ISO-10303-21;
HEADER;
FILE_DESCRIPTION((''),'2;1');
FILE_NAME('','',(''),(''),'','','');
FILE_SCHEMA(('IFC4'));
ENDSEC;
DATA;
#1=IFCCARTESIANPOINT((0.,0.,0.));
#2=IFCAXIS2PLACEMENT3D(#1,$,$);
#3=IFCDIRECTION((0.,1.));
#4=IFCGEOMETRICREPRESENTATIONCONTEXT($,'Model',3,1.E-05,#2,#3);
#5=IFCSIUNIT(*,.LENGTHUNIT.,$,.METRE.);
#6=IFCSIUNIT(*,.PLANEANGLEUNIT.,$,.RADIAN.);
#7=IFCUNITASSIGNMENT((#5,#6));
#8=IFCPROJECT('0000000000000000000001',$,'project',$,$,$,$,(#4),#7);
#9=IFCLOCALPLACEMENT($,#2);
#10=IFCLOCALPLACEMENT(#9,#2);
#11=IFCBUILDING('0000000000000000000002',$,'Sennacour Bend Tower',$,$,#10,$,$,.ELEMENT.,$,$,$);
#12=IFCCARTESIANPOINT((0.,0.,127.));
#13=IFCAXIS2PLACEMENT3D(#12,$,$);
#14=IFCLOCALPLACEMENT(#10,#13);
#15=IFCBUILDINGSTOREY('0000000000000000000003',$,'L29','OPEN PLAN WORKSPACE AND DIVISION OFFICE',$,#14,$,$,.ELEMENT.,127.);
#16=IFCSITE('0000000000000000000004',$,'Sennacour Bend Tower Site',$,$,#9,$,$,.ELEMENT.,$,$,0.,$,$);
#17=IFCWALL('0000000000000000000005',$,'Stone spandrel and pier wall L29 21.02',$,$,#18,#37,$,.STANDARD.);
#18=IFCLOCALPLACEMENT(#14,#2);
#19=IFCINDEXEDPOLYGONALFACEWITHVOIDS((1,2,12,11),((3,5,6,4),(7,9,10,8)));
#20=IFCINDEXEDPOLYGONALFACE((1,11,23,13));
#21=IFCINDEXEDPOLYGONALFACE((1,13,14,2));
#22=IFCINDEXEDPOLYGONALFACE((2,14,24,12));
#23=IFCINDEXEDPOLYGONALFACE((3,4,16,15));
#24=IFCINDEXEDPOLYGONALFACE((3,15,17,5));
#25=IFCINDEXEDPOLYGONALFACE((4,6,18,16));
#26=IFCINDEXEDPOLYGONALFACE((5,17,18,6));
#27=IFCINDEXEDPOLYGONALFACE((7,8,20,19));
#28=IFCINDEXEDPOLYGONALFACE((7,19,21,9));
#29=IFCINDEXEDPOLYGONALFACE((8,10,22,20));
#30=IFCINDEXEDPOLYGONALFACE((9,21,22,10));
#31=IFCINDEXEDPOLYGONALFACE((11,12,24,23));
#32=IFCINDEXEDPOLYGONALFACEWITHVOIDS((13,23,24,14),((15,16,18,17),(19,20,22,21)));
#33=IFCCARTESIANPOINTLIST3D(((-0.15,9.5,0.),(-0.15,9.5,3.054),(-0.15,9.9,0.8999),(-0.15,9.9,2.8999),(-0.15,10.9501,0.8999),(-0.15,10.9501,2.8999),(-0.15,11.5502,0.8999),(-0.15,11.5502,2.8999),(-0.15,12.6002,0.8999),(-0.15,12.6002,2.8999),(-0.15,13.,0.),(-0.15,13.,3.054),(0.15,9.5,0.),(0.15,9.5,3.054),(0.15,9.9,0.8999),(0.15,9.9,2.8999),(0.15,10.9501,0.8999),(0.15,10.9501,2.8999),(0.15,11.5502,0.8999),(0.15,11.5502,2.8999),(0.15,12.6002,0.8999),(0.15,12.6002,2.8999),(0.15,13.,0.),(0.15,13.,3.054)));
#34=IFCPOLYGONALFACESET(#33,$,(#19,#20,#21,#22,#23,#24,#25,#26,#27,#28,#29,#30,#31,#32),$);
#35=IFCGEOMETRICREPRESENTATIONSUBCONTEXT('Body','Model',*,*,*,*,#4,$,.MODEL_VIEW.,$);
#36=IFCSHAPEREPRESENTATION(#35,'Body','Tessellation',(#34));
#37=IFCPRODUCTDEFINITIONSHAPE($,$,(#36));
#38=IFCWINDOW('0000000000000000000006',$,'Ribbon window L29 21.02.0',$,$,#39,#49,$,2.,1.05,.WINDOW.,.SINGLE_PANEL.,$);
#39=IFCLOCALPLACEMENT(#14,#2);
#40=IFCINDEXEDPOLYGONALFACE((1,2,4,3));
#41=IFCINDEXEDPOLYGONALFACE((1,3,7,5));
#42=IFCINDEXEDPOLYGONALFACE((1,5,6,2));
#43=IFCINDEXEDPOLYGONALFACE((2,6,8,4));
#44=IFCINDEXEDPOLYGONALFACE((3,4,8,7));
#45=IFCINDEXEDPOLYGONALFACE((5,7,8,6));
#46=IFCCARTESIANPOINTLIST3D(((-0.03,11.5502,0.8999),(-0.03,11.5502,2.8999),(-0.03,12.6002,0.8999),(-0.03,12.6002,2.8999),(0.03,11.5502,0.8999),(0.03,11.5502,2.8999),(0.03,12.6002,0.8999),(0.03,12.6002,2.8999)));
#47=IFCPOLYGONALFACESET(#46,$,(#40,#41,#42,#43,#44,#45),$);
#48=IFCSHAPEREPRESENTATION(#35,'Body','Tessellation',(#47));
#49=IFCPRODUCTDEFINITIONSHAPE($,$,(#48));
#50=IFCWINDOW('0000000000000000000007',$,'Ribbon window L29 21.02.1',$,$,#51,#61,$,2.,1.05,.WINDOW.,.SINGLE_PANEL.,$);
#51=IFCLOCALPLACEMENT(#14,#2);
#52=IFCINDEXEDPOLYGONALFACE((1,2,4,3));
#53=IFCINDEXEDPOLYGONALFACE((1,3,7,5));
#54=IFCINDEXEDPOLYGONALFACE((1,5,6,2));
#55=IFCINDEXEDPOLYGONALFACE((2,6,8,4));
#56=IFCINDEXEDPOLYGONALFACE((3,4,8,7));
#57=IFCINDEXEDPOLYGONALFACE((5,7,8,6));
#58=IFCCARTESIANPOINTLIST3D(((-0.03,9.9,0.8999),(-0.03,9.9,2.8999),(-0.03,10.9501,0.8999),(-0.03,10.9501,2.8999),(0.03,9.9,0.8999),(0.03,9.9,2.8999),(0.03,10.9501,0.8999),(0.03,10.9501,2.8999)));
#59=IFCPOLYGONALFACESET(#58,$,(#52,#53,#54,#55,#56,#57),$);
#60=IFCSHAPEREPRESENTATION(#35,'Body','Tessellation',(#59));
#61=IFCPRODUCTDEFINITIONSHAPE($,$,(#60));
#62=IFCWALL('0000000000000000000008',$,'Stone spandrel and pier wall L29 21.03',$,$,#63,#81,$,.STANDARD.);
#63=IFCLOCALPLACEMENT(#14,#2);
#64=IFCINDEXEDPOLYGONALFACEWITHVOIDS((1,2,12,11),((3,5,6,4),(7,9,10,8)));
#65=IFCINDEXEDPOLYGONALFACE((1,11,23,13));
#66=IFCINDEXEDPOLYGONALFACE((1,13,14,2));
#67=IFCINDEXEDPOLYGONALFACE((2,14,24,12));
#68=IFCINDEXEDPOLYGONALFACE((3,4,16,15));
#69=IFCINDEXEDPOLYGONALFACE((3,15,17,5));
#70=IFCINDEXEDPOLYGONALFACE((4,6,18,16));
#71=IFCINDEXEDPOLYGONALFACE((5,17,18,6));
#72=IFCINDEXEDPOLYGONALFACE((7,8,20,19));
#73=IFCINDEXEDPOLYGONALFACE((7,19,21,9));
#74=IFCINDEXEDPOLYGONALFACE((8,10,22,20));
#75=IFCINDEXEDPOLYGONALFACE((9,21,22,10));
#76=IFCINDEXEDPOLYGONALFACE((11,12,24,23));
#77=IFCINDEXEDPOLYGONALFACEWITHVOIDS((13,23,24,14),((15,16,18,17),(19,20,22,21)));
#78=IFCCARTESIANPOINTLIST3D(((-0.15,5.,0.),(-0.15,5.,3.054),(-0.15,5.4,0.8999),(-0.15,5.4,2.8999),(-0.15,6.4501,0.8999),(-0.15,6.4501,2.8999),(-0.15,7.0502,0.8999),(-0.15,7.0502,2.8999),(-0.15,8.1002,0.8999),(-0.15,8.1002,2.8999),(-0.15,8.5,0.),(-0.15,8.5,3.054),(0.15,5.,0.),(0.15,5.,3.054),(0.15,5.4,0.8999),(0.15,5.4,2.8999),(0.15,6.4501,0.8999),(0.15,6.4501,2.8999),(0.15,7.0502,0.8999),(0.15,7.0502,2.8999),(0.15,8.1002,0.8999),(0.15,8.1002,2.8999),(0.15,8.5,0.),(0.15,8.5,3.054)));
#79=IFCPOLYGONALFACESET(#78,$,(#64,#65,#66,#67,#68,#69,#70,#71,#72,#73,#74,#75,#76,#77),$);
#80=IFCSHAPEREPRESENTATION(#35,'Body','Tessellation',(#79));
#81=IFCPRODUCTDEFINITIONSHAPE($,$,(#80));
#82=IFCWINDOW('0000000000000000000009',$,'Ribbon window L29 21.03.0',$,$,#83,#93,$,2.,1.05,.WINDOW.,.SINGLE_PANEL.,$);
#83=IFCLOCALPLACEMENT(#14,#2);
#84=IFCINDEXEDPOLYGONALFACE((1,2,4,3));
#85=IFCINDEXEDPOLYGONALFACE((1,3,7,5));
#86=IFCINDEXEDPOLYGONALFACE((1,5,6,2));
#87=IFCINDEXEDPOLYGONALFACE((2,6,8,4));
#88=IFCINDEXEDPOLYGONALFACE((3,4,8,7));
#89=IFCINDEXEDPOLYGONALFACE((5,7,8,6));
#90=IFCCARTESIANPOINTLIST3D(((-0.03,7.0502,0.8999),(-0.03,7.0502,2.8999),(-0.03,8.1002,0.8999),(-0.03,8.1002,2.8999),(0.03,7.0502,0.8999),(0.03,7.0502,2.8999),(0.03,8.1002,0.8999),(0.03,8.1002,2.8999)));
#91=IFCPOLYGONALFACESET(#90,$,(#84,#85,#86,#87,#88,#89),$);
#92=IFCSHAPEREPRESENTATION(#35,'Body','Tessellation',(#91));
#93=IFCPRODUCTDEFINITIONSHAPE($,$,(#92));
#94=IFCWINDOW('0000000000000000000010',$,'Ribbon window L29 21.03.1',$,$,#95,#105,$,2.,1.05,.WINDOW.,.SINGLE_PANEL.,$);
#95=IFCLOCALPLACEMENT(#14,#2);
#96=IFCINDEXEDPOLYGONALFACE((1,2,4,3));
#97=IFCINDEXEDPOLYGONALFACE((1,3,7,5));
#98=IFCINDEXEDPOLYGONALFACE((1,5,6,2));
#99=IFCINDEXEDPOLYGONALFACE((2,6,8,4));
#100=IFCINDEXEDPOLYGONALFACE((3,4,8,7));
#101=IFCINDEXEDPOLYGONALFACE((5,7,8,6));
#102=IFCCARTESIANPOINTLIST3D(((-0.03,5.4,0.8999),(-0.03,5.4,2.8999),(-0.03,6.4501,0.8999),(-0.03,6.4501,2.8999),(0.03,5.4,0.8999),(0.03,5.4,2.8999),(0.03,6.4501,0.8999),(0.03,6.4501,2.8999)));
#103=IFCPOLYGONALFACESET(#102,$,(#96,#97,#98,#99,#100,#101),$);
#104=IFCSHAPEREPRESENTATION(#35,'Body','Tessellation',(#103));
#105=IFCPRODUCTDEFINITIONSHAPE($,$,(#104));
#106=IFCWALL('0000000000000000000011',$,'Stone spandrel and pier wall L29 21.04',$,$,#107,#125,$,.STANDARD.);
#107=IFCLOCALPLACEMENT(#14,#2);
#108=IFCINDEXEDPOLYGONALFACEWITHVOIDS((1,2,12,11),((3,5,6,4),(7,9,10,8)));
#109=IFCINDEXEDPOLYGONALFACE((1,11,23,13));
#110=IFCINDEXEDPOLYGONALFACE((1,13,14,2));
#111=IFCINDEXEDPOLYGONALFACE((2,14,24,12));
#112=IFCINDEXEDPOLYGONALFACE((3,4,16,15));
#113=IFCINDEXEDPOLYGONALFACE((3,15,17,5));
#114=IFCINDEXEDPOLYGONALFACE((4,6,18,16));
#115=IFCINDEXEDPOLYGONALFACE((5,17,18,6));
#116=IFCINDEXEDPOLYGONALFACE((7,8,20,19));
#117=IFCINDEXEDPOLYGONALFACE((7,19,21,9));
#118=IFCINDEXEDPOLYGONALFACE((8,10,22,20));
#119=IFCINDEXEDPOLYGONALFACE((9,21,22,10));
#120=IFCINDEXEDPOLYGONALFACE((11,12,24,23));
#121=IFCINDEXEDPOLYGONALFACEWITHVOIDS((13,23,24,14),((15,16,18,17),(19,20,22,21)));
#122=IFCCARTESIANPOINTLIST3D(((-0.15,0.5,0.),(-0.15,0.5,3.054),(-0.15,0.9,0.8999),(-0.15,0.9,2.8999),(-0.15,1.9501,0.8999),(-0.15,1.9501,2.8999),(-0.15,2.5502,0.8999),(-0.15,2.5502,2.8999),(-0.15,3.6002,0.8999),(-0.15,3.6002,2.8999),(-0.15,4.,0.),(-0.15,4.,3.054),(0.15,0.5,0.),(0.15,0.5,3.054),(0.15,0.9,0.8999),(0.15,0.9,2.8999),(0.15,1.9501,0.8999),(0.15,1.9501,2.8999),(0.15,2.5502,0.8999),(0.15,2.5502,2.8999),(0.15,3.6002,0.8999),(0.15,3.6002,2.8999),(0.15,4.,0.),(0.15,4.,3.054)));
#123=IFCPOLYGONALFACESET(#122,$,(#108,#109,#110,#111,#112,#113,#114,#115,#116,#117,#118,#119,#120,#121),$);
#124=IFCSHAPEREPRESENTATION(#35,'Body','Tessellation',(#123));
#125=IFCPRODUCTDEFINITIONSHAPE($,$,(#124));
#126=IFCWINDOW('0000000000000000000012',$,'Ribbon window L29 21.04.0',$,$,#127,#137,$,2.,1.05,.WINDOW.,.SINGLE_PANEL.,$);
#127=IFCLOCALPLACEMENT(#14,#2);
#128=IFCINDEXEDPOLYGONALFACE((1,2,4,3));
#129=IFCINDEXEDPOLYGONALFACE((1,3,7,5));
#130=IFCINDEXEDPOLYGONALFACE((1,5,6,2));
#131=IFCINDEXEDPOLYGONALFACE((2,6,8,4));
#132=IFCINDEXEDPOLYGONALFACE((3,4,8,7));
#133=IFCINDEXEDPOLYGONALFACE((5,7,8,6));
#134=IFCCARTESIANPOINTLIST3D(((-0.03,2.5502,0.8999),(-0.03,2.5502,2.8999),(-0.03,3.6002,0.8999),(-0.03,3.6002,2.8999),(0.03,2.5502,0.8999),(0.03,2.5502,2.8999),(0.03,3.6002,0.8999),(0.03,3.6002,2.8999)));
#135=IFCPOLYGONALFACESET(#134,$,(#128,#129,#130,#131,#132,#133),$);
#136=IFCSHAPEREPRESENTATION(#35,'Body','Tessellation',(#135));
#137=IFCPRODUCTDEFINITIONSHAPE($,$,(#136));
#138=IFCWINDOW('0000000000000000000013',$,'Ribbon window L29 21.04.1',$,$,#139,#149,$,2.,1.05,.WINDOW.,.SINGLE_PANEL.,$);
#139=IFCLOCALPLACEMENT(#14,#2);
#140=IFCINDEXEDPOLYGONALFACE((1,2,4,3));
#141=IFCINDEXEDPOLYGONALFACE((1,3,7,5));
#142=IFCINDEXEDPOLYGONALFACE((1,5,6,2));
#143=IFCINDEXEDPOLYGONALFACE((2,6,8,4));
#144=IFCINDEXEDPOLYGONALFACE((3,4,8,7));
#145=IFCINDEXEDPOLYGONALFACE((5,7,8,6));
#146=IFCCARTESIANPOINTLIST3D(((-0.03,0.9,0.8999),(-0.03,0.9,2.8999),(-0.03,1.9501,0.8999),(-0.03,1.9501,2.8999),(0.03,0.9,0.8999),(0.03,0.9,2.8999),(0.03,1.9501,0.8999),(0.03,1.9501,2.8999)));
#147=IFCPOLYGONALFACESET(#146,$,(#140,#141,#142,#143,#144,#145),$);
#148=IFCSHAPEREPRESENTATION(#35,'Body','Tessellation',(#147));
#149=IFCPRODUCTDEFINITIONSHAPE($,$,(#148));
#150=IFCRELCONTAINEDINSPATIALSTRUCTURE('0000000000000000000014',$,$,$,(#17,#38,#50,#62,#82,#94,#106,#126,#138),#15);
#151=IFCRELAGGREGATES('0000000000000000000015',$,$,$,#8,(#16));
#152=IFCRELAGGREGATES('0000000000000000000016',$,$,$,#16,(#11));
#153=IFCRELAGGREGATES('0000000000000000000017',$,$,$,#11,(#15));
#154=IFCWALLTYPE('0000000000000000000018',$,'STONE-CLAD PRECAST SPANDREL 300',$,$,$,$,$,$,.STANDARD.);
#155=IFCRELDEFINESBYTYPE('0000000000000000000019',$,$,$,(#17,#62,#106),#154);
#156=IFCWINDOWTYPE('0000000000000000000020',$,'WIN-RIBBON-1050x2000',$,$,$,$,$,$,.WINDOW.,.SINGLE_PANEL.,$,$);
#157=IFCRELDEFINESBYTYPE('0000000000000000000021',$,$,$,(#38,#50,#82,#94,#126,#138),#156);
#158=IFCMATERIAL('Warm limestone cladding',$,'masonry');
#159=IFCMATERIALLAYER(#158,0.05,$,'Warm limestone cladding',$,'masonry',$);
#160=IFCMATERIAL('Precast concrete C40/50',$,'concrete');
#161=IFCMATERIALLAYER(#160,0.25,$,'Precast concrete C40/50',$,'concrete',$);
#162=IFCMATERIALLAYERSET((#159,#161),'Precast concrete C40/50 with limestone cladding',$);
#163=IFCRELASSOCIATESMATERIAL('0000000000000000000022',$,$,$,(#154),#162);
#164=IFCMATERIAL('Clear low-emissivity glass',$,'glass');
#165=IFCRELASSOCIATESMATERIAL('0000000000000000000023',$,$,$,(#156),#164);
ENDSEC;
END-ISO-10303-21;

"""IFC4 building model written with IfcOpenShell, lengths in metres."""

from ifc_helpers import new_model, si_unit, direction, frame, frame_2d, origin, place, context, subcontext, project, spatial, rectangle, extrude, material, layer, layer_set, type_object, element, fill, save


model = new_model("IFC4")

# Units and contexts
model_context = context("Model", 3, precision=1e-05, world=origin(), true_north=direction((0.0, 1.0)))
body_context = subcontext(model_context, "Body", "Model", "MODEL_VIEW")
ifc_project = project(units=[si_unit("LENGTHUNIT", "METRE"), si_unit("PLANEANGLEUNIT", "RADIAN")], contexts=[model_context])

# Site, building, storey
site_placement = place(None, origin())
site = spatial("IfcSite", under=ifc_project, at=site_placement, Name="Sennacour Bend Tower Site", CompositionType="ELEMENT", RefElevation=0.0)
building_placement = place(site_placement, origin())
building = spatial("IfcBuilding", under=site, at=building_placement, Name="Sennacour Bend Tower", CompositionType="ELEMENT")
storey_placement = place(building_placement, frame((0.0, 0.0, 127.0)))
storey = spatial("IfcBuildingStorey", under=building, at=storey_placement, Name="L29", Description="OPEN PLAN WORKSPACE AND DIVISION OFFICE", CompositionType="ELEMENT", Elevation=127.0)

# Walls, openings, windows
ifc_material_1 = material(Name="Warm limestone cladding", Category="masonry")
ifc_layer_1 = layer(ifc_material_1, 0.05, Name="Warm limestone cladding", Category="masonry")
ifc_material_2 = material(Name="Precast concrete C40/50", Category="concrete")
ifc_layer_2 = layer(ifc_material_2, 0.25, Name="Precast concrete C40/50", Category="concrete")
ifc_layer_set_1 = layer_set([ifc_layer_1, ifc_layer_2], Name="Precast concrete C40/50 with limestone cladding")
wall_type_1 = type_object("IfcWallType", Name="STONE-CLAD PRECAST SPANDREL 300", PredefinedType="STANDARD", material=ifc_layer_set_1)
wall_1_placement = place(storey_placement, frame((0.0, 13.0, 0.0), z_axis=(0.0, 0.0, 1.0), x_axis=(0.0, -1.0, 0.0)))
wall_1 = element("IfcWall", 1, at=wall_1_placement, inside=storey, type_object=wall_type_1, Name="Stone spandrel and pier wall L29 21.02", PredefinedType="STANDARD", context=body_context, shape_type="SweptSolid", body=[
    extrude(rectangle(XDim=3.5, YDim=0.3, at=frame_2d((1.75, 0.0))), origin(), (0.0, 0.0, 1.0), 3.054),
])
opening_1_placement = place(wall_1_placement, frame((0.3999, 0.0, 0.8999)))
opening_1 = element("IfcOpeningElement", 2, at=opening_1_placement, cuts=wall_1, PredefinedType="OPENING", context=body_context, shape_type="SweptSolid", body=[
    extrude(rectangle(XDim=1.05, YDim=2.0, at=frame_2d((0.5249, 1.0))), frame((0.0, 0.1602, 0.0), z_axis=(0.0, -1.0, 0.0), x_axis=(1.0, 0.0, 0.0)), (0.0, 0.0, 1.0), 0.3201),
])
opening_2_placement = place(wall_1_placement, frame((2.05, 0.0, 0.8999)))
opening_2 = element("IfcOpeningElement", 3, at=opening_2_placement, cuts=wall_1, PredefinedType="OPENING", context=body_context, shape_type="SweptSolid", body=[
    extrude(rectangle(XDim=1.05, YDim=2.0, at=frame_2d((0.5249, 1.0))), frame((0.0, 0.1602, 0.0), z_axis=(0.0, -1.0, 0.0), x_axis=(1.0, 0.0, 0.0)), (0.0, 0.0, 1.0), 0.3201),
])
ifc_material_3 = material(Name="Clear low-emissivity glass", Category="glass")
window_type = type_object("IfcWindowType", Name="WIN-RIBBON-1050x2000", PartitioningType="SINGLE_PANEL", PredefinedType="WINDOW", material=ifc_material_3)
window_1_placement = place(opening_1_placement, origin())
window_1 = element("IfcWindow", 4, at=window_1_placement, inside=storey, type_object=window_type, Name="Ribbon window L29 21.02.0", OverallHeight=2.0, OverallWidth=1.05, PartitioningType="SINGLE_PANEL", PredefinedType="WINDOW", context=body_context, shape_type="SweptSolid", body=[
    extrude(rectangle(XDim=1.05, YDim=2.0, at=frame_2d((0.5249, 1.0))), frame((0.0, 0.03, 0.0), z_axis=(0.0, -1.0, 0.0), x_axis=(1.0, 0.0, 0.0)), (0.0, 0.0, 1.0), 0.0601),
])
fill(opening_1, window_1)
window_2_placement = place(opening_2_placement, origin())
window_2 = element("IfcWindow", 5, at=window_2_placement, inside=storey, type_object=window_type, Name="Ribbon window L29 21.02.1", OverallHeight=2.0, OverallWidth=1.05, PartitioningType="SINGLE_PANEL", PredefinedType="WINDOW", context=body_context, shape_type="SweptSolid", body=[
    extrude(rectangle(XDim=1.05, YDim=2.0, at=frame_2d((0.5249, 1.0))), frame((0.0, 0.03, 0.0), z_axis=(0.0, -1.0, 0.0), x_axis=(1.0, 0.0, 0.0)), (0.0, 0.0, 1.0), 0.0601),
])
fill(opening_2, window_2)
wall_2_placement = place(storey_placement, frame((0.0, 8.5, 0.0), z_axis=(0.0, 0.0, 1.0), x_axis=(0.0, -1.0, 0.0)))
wall_2 = element("IfcWall", 6, at=wall_2_placement, inside=storey, type_object=wall_type_1, Name="Stone spandrel and pier wall L29 21.03", PredefinedType="STANDARD", context=body_context, shape_type="SweptSolid", body=[
    extrude(rectangle(XDim=3.5, YDim=0.3, at=frame_2d((1.75, 0.0))), origin(), (0.0, 0.0, 1.0), 3.054),
])
opening_3_placement = place(wall_2_placement, frame((0.3999, 0.0, 0.8999)))
opening_3 = element("IfcOpeningElement", 7, at=opening_3_placement, cuts=wall_2, PredefinedType="OPENING", context=body_context, shape_type="SweptSolid", body=[
    extrude(rectangle(XDim=1.05, YDim=2.0, at=frame_2d((0.5249, 1.0))), frame((0.0, 0.1602, 0.0), z_axis=(0.0, -1.0, 0.0), x_axis=(1.0, 0.0, 0.0)), (0.0, 0.0, 1.0), 0.3201),
])
opening_4_placement = place(wall_2_placement, frame((2.05, 0.0, 0.8999)))
opening_4 = element("IfcOpeningElement", 8, at=opening_4_placement, cuts=wall_2, PredefinedType="OPENING", context=body_context, shape_type="SweptSolid", body=[
    extrude(rectangle(XDim=1.05, YDim=2.0, at=frame_2d((0.5249, 1.0))), frame((0.0, 0.1602, 0.0), z_axis=(0.0, -1.0, 0.0), x_axis=(1.0, 0.0, 0.0)), (0.0, 0.0, 1.0), 0.3201),
])
window_3_placement = place(opening_3_placement, origin())
window_3 = element("IfcWindow", 9, at=window_3_placement, inside=storey, type_object=window_type, Name="Ribbon window L29 21.03.0", OverallHeight=2.0, OverallWidth=1.05, PartitioningType="SINGLE_PANEL", PredefinedType="WINDOW", context=body_context, shape_type="SweptSolid", body=[
    extrude(rectangle(XDim=1.05, YDim=2.0, at=frame_2d((0.5249, 1.0))), frame((0.0, 0.03, 0.0), z_axis=(0.0, -1.0, 0.0), x_axis=(1.0, 0.0, 0.0)), (0.0, 0.0, 1.0), 0.0601),
])
fill(opening_3, window_3)
window_4_placement = place(opening_4_placement, origin())
window_4 = element("IfcWindow", 10, at=window_4_placement, inside=storey, type_object=window_type, Name="Ribbon window L29 21.03.1", OverallHeight=2.0, OverallWidth=1.05, PartitioningType="SINGLE_PANEL", PredefinedType="WINDOW", context=body_context, shape_type="SweptSolid", body=[
    extrude(rectangle(XDim=1.05, YDim=2.0, at=frame_2d((0.5249, 1.0))), frame((0.0, 0.03, 0.0), z_axis=(0.0, -1.0, 0.0), x_axis=(1.0, 0.0, 0.0)), (0.0, 0.0, 1.0), 0.0601),
])
fill(opening_4, window_4)
wall_3_placement = place(storey_placement, frame((0.0, 4.0, 0.0), z_axis=(0.0, 0.0, 1.0), x_axis=(0.0, -1.0, 0.0)))
wall_3 = element("IfcWall", 11, at=wall_3_placement, inside=storey, type_object=wall_type_1, Name="Stone spandrel and pier wall L29 21.04", PredefinedType="STANDARD", context=body_context, shape_type="SweptSolid", body=[
    extrude(rectangle(XDim=3.5, YDim=0.3, at=frame_2d((1.75, 0.0))), origin(), (0.0, 0.0, 1.0), 3.054),
])
opening_5_placement = place(wall_3_placement, frame((0.3999, 0.0, 0.8999)))
opening_5 = element("IfcOpeningElement", 12, at=opening_5_placement, cuts=wall_3, PredefinedType="OPENING", context=body_context, shape_type="SweptSolid", body=[
    extrude(rectangle(XDim=1.05, YDim=2.0, at=frame_2d((0.5249, 1.0))), frame((0.0, 0.1602, 0.0), z_axis=(0.0, -1.0, 0.0), x_axis=(1.0, 0.0, 0.0)), (0.0, 0.0, 1.0), 0.3201),
])
opening_6_placement = place(wall_3_placement, frame((2.05, 0.0, 0.8999)))
opening_6 = element("IfcOpeningElement", 13, at=opening_6_placement, cuts=wall_3, PredefinedType="OPENING", context=body_context, shape_type="SweptSolid", body=[
    extrude(rectangle(XDim=1.05, YDim=2.0, at=frame_2d((0.5249, 1.0))), frame((0.0, 0.1602, 0.0), z_axis=(0.0, -1.0, 0.0), x_axis=(1.0, 0.0, 0.0)), (0.0, 0.0, 1.0), 0.3201),
])
window_5_placement = place(opening_5_placement, origin())
window_5 = element("IfcWindow", 14, at=window_5_placement, inside=storey, type_object=window_type, Name="Ribbon window L29 21.04.0", OverallHeight=2.0, OverallWidth=1.05, PartitioningType="SINGLE_PANEL", PredefinedType="WINDOW", context=body_context, shape_type="SweptSolid", body=[
    extrude(rectangle(XDim=1.05, YDim=2.0, at=frame_2d((0.5249, 1.0))), frame((0.0, 0.03, 0.0), z_axis=(0.0, -1.0, 0.0), x_axis=(1.0, 0.0, 0.0)), (0.0, 0.0, 1.0), 0.0601),
])
fill(opening_5, window_5)
window_6_placement = place(opening_6_placement, origin())
window_6 = element("IfcWindow", 15, at=window_6_placement, inside=storey, type_object=window_type, Name="Ribbon window L29 21.04.1", OverallHeight=2.0, OverallWidth=1.05, PartitioningType="SINGLE_PANEL", PredefinedType="WINDOW", context=body_context, shape_type="SweptSolid", body=[
    extrude(rectangle(XDim=1.05, YDim=2.0, at=frame_2d((0.5249, 1.0))), frame((0.0, 0.03, 0.0), z_axis=(0.0, -1.0, 0.0), x_axis=(1.0, 0.0, 0.0)), (0.0, 0.0, 1.0), 0.0601),
])
fill(opening_6, window_6)

save(model, "model.ifc")
